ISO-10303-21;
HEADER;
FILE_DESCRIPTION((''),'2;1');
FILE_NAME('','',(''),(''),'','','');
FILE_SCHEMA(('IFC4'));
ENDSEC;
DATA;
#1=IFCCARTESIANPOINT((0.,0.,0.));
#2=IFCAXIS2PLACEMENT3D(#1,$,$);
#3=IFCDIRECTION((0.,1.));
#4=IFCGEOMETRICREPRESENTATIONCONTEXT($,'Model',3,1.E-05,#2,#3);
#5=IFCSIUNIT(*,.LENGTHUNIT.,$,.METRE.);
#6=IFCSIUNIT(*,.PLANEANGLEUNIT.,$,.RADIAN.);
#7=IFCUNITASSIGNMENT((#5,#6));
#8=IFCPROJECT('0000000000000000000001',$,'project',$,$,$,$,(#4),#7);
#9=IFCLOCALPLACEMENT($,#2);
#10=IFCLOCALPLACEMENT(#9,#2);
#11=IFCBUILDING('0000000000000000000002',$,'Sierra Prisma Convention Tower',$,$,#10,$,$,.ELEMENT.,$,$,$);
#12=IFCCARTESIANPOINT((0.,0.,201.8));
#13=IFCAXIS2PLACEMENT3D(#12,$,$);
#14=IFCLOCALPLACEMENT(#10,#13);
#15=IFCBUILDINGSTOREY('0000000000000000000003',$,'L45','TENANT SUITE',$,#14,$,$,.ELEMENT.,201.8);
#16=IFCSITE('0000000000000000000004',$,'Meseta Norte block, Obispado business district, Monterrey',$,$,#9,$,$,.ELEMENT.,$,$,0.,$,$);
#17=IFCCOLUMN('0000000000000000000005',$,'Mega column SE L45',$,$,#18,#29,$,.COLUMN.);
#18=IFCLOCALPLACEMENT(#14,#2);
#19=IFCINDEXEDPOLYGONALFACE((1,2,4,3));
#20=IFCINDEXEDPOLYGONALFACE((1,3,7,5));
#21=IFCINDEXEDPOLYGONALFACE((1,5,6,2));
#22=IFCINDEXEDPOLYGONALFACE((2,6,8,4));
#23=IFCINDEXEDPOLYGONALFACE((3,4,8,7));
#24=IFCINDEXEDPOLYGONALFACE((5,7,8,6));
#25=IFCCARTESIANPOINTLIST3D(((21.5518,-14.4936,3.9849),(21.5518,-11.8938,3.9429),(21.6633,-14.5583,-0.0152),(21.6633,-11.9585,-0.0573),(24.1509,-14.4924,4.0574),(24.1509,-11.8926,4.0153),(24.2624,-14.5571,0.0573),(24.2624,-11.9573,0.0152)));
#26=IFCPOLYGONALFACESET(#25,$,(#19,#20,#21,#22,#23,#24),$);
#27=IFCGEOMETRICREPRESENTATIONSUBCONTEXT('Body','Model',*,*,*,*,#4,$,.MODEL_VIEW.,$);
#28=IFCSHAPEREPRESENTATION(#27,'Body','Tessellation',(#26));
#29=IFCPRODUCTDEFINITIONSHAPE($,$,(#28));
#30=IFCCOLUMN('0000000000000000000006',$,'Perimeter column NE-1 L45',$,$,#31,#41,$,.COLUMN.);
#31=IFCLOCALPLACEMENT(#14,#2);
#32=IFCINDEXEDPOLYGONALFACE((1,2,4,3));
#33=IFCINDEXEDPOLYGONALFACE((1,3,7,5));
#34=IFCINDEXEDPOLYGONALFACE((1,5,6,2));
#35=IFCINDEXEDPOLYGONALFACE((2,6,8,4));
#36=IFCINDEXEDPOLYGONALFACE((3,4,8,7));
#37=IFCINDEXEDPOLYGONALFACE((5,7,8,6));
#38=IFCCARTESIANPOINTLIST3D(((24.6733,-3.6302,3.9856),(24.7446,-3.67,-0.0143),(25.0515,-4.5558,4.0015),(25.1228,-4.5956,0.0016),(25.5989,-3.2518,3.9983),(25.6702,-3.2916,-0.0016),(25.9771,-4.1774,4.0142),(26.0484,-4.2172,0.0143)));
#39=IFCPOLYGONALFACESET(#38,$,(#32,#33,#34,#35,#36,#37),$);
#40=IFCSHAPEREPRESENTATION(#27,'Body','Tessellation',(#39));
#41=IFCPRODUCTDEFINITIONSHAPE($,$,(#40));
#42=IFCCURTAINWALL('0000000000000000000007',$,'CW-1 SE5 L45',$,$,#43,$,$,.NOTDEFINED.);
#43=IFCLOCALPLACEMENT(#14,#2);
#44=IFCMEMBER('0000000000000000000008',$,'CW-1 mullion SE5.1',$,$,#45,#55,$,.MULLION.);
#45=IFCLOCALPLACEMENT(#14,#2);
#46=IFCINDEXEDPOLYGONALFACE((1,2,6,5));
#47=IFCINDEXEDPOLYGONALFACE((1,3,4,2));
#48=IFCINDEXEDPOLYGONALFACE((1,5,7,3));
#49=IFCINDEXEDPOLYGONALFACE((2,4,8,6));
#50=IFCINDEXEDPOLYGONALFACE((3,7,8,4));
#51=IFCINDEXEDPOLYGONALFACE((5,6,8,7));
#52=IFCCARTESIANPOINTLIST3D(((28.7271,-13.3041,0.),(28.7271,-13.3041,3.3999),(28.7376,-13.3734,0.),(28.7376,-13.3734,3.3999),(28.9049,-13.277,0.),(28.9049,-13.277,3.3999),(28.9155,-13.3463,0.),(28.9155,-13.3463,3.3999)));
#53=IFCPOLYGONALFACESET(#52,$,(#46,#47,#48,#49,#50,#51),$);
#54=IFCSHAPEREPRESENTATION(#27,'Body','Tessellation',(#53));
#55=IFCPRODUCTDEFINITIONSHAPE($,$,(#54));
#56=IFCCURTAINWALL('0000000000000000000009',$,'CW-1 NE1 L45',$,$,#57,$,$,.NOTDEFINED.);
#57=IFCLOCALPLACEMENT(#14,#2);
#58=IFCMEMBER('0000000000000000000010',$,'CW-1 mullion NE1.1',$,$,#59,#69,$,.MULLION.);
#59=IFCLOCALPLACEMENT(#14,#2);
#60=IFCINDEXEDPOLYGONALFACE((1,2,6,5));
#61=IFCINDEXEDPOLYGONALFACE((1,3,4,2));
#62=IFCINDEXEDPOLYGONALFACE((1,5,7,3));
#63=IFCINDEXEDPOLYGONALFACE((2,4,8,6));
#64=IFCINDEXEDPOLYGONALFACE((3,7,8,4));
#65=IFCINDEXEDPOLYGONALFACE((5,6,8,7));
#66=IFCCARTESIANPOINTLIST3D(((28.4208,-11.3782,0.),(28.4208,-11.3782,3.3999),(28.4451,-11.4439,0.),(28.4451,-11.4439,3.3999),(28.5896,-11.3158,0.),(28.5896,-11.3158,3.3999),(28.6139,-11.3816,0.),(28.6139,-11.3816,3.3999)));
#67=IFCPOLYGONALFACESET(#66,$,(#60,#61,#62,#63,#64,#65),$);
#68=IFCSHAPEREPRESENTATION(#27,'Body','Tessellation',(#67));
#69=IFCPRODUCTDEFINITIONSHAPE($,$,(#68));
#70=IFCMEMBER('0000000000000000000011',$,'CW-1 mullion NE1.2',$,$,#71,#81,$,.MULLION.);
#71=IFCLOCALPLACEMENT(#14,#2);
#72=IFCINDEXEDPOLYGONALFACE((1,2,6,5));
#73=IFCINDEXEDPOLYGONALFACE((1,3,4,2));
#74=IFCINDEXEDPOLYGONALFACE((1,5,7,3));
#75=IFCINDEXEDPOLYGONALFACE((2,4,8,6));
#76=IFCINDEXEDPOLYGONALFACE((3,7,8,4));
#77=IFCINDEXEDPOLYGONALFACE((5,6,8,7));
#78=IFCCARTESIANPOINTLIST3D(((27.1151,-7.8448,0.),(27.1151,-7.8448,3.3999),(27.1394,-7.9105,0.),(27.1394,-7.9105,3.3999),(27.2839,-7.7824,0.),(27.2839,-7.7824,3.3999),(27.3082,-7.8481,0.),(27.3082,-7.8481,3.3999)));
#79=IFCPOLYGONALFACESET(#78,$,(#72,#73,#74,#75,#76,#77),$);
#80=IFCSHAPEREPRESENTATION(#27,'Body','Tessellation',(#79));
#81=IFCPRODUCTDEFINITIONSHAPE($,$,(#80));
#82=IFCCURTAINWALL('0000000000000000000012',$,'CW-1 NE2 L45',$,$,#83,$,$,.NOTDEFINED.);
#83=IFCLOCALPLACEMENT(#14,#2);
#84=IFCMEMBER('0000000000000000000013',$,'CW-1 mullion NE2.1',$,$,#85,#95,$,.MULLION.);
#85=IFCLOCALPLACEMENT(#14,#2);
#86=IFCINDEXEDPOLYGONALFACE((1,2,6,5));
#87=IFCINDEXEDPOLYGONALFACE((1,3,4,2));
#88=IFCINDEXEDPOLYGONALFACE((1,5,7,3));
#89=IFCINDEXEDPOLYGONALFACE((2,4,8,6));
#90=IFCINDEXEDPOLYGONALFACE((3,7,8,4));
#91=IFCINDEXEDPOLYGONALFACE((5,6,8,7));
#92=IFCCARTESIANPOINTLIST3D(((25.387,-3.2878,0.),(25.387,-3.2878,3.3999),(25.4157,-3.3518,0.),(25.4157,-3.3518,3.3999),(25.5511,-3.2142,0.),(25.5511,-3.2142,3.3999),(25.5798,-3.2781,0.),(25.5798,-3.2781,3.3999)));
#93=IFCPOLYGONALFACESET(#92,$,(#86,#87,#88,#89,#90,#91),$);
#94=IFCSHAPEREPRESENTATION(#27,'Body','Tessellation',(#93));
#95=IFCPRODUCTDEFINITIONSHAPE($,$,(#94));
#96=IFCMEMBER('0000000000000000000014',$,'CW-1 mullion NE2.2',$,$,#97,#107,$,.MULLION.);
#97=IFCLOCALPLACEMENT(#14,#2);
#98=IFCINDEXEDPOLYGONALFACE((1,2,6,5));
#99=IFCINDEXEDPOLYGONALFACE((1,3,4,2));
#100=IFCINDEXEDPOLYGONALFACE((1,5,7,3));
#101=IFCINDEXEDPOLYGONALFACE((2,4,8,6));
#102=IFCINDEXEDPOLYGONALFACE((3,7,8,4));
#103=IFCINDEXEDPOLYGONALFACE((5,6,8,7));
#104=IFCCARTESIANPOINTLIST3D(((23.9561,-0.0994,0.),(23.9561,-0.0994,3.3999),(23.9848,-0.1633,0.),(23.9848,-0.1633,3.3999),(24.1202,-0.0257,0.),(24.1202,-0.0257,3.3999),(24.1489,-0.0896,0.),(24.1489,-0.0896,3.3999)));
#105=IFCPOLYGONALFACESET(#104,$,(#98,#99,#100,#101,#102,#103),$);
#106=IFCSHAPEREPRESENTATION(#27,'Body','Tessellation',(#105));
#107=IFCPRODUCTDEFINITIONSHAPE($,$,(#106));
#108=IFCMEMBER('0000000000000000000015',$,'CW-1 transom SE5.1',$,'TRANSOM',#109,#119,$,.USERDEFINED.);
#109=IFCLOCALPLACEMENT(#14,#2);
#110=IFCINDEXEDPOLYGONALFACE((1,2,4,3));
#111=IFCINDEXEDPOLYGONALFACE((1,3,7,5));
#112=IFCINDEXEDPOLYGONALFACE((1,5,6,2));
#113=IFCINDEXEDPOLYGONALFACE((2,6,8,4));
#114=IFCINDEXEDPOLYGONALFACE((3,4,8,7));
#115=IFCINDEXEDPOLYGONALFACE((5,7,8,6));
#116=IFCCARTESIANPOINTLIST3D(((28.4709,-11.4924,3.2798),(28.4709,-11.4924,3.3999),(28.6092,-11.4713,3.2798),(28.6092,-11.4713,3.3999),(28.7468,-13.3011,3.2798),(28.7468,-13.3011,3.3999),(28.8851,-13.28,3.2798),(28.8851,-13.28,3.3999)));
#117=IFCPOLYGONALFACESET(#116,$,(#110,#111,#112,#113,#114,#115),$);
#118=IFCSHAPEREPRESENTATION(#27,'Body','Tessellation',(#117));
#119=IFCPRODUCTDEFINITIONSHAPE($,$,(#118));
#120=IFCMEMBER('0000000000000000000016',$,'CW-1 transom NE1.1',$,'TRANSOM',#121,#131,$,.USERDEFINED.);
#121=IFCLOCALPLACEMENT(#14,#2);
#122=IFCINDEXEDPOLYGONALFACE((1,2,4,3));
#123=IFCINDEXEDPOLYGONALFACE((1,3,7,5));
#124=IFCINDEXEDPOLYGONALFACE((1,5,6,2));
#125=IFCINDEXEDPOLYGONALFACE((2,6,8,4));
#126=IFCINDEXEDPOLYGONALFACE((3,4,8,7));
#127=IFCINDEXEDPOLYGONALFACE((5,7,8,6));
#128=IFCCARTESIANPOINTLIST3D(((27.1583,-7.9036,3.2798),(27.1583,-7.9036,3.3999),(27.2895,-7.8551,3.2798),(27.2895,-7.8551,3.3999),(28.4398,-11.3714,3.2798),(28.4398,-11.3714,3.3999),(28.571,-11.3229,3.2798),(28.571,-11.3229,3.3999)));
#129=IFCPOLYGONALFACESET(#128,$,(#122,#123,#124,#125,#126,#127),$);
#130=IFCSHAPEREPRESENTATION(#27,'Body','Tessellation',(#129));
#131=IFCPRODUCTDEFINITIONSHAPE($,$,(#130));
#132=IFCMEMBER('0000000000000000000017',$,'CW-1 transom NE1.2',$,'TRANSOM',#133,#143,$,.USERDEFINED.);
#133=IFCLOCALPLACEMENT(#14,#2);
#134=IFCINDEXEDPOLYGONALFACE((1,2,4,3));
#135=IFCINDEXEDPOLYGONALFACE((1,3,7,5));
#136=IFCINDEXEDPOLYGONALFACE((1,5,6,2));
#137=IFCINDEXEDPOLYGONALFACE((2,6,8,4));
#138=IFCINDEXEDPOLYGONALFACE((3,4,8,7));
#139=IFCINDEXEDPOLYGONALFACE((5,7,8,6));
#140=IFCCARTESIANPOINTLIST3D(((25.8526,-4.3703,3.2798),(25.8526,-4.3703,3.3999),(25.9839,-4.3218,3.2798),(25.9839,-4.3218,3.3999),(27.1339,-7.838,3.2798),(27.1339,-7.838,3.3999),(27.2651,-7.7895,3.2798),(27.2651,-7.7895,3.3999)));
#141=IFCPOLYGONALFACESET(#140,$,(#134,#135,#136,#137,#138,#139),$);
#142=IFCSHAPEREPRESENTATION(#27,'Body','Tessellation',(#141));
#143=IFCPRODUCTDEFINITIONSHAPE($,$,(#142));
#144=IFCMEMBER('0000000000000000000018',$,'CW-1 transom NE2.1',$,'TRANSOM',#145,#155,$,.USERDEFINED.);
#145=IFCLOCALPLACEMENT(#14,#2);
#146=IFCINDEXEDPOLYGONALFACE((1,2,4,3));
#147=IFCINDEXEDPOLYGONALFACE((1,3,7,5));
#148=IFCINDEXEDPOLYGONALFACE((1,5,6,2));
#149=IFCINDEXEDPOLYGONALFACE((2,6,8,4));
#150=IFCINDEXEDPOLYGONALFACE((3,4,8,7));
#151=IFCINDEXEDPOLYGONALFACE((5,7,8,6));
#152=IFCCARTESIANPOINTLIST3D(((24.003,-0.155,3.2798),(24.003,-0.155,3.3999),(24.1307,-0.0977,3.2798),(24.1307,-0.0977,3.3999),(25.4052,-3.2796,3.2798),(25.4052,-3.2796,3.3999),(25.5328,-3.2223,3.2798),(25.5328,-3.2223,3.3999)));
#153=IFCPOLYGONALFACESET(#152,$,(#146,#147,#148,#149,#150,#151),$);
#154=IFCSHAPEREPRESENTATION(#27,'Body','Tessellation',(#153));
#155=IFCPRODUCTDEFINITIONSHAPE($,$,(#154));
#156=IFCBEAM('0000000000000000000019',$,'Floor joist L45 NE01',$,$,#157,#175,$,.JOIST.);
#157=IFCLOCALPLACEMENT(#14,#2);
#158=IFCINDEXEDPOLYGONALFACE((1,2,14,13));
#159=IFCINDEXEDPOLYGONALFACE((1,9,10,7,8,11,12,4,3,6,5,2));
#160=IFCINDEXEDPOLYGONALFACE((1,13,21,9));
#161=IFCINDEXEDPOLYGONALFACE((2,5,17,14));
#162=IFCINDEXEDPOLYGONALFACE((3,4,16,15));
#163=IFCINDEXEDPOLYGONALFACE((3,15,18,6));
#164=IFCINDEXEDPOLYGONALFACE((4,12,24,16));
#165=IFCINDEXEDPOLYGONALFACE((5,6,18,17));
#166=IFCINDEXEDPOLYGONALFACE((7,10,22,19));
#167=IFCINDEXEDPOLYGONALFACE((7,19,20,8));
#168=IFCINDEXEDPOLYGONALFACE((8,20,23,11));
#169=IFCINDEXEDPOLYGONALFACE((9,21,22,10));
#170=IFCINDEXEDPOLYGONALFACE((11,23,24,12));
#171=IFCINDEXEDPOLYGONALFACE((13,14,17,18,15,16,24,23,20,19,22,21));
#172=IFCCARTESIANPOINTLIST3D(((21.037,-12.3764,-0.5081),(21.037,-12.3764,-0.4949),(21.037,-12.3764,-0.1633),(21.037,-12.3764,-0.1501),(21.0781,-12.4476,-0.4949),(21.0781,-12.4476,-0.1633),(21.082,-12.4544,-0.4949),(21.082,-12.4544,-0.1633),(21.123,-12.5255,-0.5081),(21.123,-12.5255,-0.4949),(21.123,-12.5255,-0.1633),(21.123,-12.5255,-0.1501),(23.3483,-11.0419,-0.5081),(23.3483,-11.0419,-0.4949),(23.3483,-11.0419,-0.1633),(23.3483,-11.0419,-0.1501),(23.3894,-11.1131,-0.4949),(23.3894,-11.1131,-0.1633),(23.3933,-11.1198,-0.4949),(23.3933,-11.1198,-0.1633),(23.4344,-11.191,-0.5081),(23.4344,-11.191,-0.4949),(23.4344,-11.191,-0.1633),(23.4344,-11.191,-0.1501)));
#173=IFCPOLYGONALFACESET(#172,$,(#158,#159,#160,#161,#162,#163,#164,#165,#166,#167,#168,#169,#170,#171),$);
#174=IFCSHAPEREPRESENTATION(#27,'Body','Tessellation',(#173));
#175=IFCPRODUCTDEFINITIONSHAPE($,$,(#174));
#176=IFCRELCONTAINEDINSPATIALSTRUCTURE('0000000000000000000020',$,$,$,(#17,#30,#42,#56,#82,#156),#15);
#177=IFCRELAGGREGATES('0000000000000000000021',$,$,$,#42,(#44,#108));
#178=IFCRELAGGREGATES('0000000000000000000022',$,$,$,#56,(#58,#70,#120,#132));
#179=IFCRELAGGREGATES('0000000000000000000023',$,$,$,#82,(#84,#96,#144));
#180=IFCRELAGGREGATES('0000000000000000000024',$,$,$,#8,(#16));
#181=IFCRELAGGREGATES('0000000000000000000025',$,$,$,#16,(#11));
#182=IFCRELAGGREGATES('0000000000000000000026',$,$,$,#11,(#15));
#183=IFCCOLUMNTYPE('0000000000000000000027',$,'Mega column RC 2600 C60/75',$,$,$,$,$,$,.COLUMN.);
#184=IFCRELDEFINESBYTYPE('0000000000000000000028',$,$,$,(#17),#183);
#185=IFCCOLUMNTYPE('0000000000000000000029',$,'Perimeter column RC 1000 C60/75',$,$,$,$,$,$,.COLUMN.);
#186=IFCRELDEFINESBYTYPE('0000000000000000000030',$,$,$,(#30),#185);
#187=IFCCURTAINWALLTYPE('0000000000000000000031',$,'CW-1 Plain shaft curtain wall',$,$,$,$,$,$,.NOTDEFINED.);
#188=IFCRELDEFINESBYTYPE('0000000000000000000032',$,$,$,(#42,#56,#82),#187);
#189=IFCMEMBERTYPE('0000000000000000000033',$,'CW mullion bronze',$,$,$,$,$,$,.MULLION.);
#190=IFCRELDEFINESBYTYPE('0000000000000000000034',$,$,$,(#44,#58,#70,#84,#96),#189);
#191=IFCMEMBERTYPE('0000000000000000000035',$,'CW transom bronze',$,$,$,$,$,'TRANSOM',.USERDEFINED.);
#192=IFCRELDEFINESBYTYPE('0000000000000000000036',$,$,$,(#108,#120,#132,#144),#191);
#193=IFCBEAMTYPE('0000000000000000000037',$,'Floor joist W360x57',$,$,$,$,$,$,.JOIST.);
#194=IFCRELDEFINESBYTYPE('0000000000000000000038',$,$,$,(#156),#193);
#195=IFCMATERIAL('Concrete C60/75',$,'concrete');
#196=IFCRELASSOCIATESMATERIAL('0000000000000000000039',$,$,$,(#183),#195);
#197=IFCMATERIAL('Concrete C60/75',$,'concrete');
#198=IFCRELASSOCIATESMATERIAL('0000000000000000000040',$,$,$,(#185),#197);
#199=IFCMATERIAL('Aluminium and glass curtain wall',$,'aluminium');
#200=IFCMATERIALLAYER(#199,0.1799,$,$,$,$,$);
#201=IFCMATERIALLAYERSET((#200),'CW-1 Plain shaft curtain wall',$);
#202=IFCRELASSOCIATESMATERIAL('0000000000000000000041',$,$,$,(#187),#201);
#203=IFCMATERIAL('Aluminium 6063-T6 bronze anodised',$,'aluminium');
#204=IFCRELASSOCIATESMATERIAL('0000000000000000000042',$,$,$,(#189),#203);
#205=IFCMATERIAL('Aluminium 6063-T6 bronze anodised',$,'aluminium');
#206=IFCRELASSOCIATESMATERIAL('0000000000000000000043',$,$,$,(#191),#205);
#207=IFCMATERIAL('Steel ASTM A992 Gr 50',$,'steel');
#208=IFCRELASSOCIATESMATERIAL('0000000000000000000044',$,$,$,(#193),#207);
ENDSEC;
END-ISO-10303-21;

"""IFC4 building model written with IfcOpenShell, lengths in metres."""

from ifc_helpers import new_model, si_unit, direction, frame, origin, origin_2d, place, context, subcontext, project, spatial, rectangle, i_section, extrude, material, layer, layer_set, material_profile, profile_set, type_object, element, aggregate, save


model = new_model("IFC4")

# Units and contexts
model_context = context("Model", 3, precision=1e-05, world=origin(), true_north=direction((0.0, 1.0)))
body_context = subcontext(model_context, "Body", "Model", "MODEL_VIEW")
ifc_project = project(units=[si_unit("LENGTHUNIT", "METRE"), si_unit("PLANEANGLEUNIT", "RADIAN")], contexts=[model_context])

# Site, building, storey
site_placement = place(None, origin())
site = spatial("IfcSite", under=ifc_project, at=site_placement, Name="Meseta Norte block, Obispado business district, Monterrey", CompositionType="ELEMENT", RefElevation=0.0)
building_placement = place(site_placement, origin())
building = spatial("IfcBuilding", under=site, at=building_placement, Name="Sierra Prisma Convention Tower", CompositionType="ELEMENT")
storey_placement = place(building_placement, frame((0.0, 0.0, 201.8)))
storey = spatial("IfcBuildingStorey", under=building, at=storey_placement, Name="L45", Description="TENANT SUITE", CompositionType="ELEMENT", Elevation=201.8)

# Columns
ifc_material_1 = material(Name="Concrete C60/75", Category="concrete")
ifc_material_profile_1 = material_profile(ifc_material_1, rectangle(XDim=2.6001, YDim=2.6001, at=origin_2d()), Name="Mega column RC 2600 C60/75")
ifc_profile_set_1 = profile_set([ifc_material_profile_1], Name="Concrete C60/75")
column_type_1 = type_object("IfcColumnType", Name="Mega column RC 2600 C60/75", PredefinedType="COLUMN", material=ifc_profile_set_1)
column_1_placement = place(storey_placement, frame((22.9629, -13.2578, 0.0), z_axis=(-0.027879, 0.016166, 0.999481), x_axis=(0.999611, 0.000451, 0.027875)))
element("IfcColumn", 1, at=column_1_placement, inside=storey, type_object=column_type_1, Name="Mega column SE L45", PredefinedType="COLUMN", context=body_context, shape_type="SweptSolid", body=[
    extrude(rectangle(XDim=2.6001, YDim=2.6001, at=origin_2d()), origin(), (0.0, 0.0, 1.0), 4.0022),
])
ifc_material_2 = material(Name="Concrete C60/75", Category="concrete")
ifc_material_profile_2 = material_profile(ifc_material_2, rectangle(XDim=1.0, YDim=1.0, at=origin_2d()), Name="Perimeter column RC 1000 C60/75")
ifc_profile_set_2 = profile_set([ifc_material_profile_2], Name="Concrete C60/75")
column_type_2 = type_object("IfcColumnType", Name="Perimeter column RC 1000 C60/75", PredefinedType="COLUMN", material=ifc_profile_set_2)
column_2_placement = place(storey_placement, frame((25.3965, -3.9436, 0.0), z_axis=(-0.017819, 0.009947, 0.999792), x_axis=(-0.378186, 0.925592, -0.015949)))
element("IfcColumn", 2, at=column_2_placement, inside=storey, type_object=column_type_2, Name="Perimeter column NE-1 L45", PredefinedType="COLUMN", context=body_context, shape_type="SweptSolid", body=[
    extrude(rectangle(XDim=1.0, YDim=1.0, at=origin_2d()), origin(), (0.0, 0.0, 1.0), 4.0007),
])

# Curtain wall, member
ifc_material_3 = material(Name="Aluminium and glass curtain wall", Category="aluminium")
ifc_layer_1 = layer(ifc_material_3, 0.1799)
ifc_layer_set_1 = layer_set([ifc_layer_1], Name="CW-1 Plain shaft curtain wall")
curtain_wall_type = type_object("IfcCurtainWallType", Name="CW-1 Plain shaft curtain wall", PredefinedType="NOTDEFINED", material=ifc_layer_set_1)
curtain_wall_1_placement = place(storey_placement, origin())
curtain_wall_1 = element("IfcCurtainWall", 3, at=curtain_wall_1_placement, inside=storey, type_object=curtain_wall_type, Name="CW-1 SE5 L45", PredefinedType="NOTDEFINED")
ifc_material_4 = material(Name="Aluminium 6063-T6 bronze anodised", Category="aluminium")
ifc_material_profile_3 = material_profile(ifc_material_4, rectangle(XDim=0.1799, YDim=0.0701, at=origin_2d()), Name="ALU MULLION 70x180")
ifc_profile_set_3 = profile_set([ifc_material_profile_3], Name="Aluminium 6063-T6 bronze anodised")
member_type_1 = type_object("IfcMemberType", Name="CW mullion bronze", PredefinedType="MULLION", material=ifc_profile_set_3)
member_1_placement = place(storey_placement, frame((28.8213, -13.3252, 0.0), z_axis=(0.0, 0.0, 1.0), x_axis=(-0.988573, -0.150745, 0.0)))
member_1 = element("IfcMember", 4, at=member_1_placement, type_object=member_type_1, Name="CW-1 mullion SE5.1", PredefinedType="MULLION", context=body_context, shape_type="SweptSolid", body=[
    extrude(rectangle(XDim=0.1799, YDim=0.0701, at=origin_2d()), origin(), (0.0, 0.0, 1.0), 3.3999),
])

# Curtain walls, members
curtain_wall_2_placement = place(storey_placement, origin())
curtain_wall_2 = element("IfcCurtainWall", 5, at=curtain_wall_2_placement, inside=storey, type_object=curtain_wall_type, Name="CW-1 NE1 L45", PredefinedType="NOTDEFINED")
member_2_placement = place(storey_placement, frame((28.5173, -11.3799, 0.0), z_axis=(0.0, 0.0, 1.0), x_axis=(-0.938002, -0.34663, 0.0)))
member_2 = element("IfcMember", 6, at=member_2_placement, type_object=member_type_1, Name="CW-1 mullion NE1.1", PredefinedType="MULLION", context=body_context, shape_type="SweptSolid", body=[
    extrude(rectangle(XDim=0.1799, YDim=0.0701, at=origin_2d()), origin(), (0.0, 0.0, 1.0), 3.3999),
])
member_3_placement = place(storey_placement, frame((27.2117, -7.8464, 0.0), z_axis=(0.0, 0.0, 1.0), x_axis=(-0.938002, -0.34663, 0.0)))
member_3 = element("IfcMember", 7, at=member_3_placement, type_object=member_type_1, Name="CW-1 mullion NE1.2", PredefinedType="MULLION", context=body_context, shape_type="SweptSolid", body=[
    extrude(rectangle(XDim=0.1799, YDim=0.0701, at=origin_2d()), origin(), (0.0, 0.0, 1.0), 3.3999),
])
curtain_wall_3_placement = place(storey_placement, origin())
curtain_wall_3 = element("IfcCurtainWall", 8, at=curtain_wall_3_placement, inside=storey, type_object=curtain_wall_type, Name="CW-1 NE2 L45", PredefinedType="NOTDEFINED")
member_4_placement = place(storey_placement, frame((25.4834, -3.283, 0.0), z_axis=(0.0, 0.0, 1.0), x_axis=(-0.912343, -0.409426, 0.0)))
member_4 = element("IfcMember", 9, at=member_4_placement, type_object=member_type_1, Name="CW-1 mullion NE2.1", PredefinedType="MULLION", context=body_context, shape_type="SweptSolid", body=[
    extrude(rectangle(XDim=0.1799, YDim=0.0701, at=origin_2d()), origin(), (0.0, 0.0, 1.0), 3.3999),
])
member_5_placement = place(storey_placement, frame((24.0525, -0.0945, 0.0), z_axis=(0.0, 0.0, 1.0), x_axis=(-0.912343, -0.409426, 0.0)))
member_5 = element("IfcMember", 10, at=member_5_placement, type_object=member_type_1, Name="CW-1 mullion NE2.2", PredefinedType="MULLION", context=body_context, shape_type="SweptSolid", body=[
    extrude(rectangle(XDim=0.1799, YDim=0.0701, at=origin_2d()), origin(), (0.0, 0.0, 1.0), 3.3999),
])

# Members
ifc_material_5 = material(Name="Aluminium 6063-T6 bronze anodised", Category="aluminium")
ifc_material_profile_4 = material_profile(ifc_material_5, rectangle(XDim=0.1399, YDim=0.1201, at=origin_2d()), Name="ALU TRANSOM 120x140")
ifc_profile_set_4 = profile_set([ifc_material_profile_4], Name="Aluminium 6063-T6 bronze anodised")
member_type_2 = type_object("IfcMemberType", Name="CW transom bronze", ElementType="TRANSOM", PredefinedType="USERDEFINED", material=ifc_profile_set_4)
member_6_placement = place(storey_placement, frame((28.8159, -13.2905, 3.3398), z_axis=(-0.150794, 0.988565, 0.0), x_axis=(-0.988565, -0.150794, 0.0)))
member_6 = element("IfcMember", 11, at=member_6_placement, type_object=member_type_2, Name="CW-1 transom SE5.1", ObjectType="TRANSOM", PredefinedType="USERDEFINED", context=body_context, shape_type="SweptSolid", body=[
    extrude(rectangle(XDim=0.1399, YDim=0.1201, at=origin_2d()), origin(), (0.0, 0.0, 1.0), 1.8296),
])
member_7_placement = place(storey_placement, frame((28.5054, -11.3472, 3.3398), z_axis=(-0.346632, 0.938001, 0.0), x_axis=(-0.938001, -0.346632, 0.0)))
member_7 = element("IfcMember", 12, at=member_7_placement, type_object=member_type_2, Name="CW-1 transom NE1.1", ObjectType="TRANSOM", PredefinedType="USERDEFINED", context=body_context, shape_type="SweptSolid", body=[
    extrude(rectangle(XDim=0.1399, YDim=0.1201, at=origin_2d()), origin(), (0.0, 0.0, 1.0), 3.697),
])
member_8_placement = place(storey_placement, frame((27.1995, -7.8137, 3.3398), z_axis=(-0.346574, 0.938023, 0.0), x_axis=(-0.938023, -0.346574, 0.0)))
member_8 = element("IfcMember", 13, at=member_8_placement, type_object=member_type_2, Name="CW-1 transom NE1.2", ObjectType="TRANSOM", PredefinedType="USERDEFINED", context=body_context, shape_type="SweptSolid", body=[
    extrude(rectangle(XDim=0.1399, YDim=0.1201, at=origin_2d()), origin(), (0.0, 0.0, 1.0), 3.6968),
])
member_9_placement = place(storey_placement, frame((25.469, -3.251, 3.3398), z_axis=(-0.40941, 0.912351, 0.0), x_axis=(-0.912351, -0.40941, 0.0)))
member_9 = element("IfcMember", 14, at=member_9_placement, type_object=member_type_2, Name="CW-1 transom NE2.1", ObjectType="TRANSOM", PredefinedType="USERDEFINED", context=body_context, shape_type="SweptSolid", body=[
    extrude(rectangle(XDim=0.1399, YDim=0.1201, at=origin_2d()), origin(), (0.0, 0.0, 1.0), 3.4248),
])

# Beam
ifc_material_6 = material(Name="Steel ASTM A992 Gr 50", Category="steel")
ifc_material_profile_5 = material_profile(ifc_material_6, i_section(OverallWidth=0.1721, OverallDepth=0.3579, WebThickness=0.0078, FlangeThickness=0.0132, at=origin_2d()), Name="W360x57")
ifc_profile_set_5 = profile_set([ifc_material_profile_5], Name="Steel ASTM A992 Gr 50")
beam_type_1 = type_object("IfcBeamType", Name="Floor joist W360x57", PredefinedType="JOIST", material=ifc_profile_set_5)
beam_1_placement = place(storey_placement, frame((23.3914, -11.1165, -0.3291), z_axis=(-0.866016, -0.500015, 0.0), x_axis=(0.500015, -0.866016, 0.0)))
element("IfcBeam", 15, at=beam_1_placement, inside=storey, type_object=beam_type_1, Name="Floor joist L45 NE01", PredefinedType="JOIST", context=body_context, shape_type="SweptSolid", body=[
    extrude(i_section(OverallWidth=0.1721, OverallDepth=0.3579, WebThickness=0.0078, FlangeThickness=0.0132, at=origin_2d()), origin(), (0.0, 0.0, 1.0), 2.6689),
])

aggregate(curtain_wall_1, [member_1, member_6])
aggregate(curtain_wall_2, [member_2, member_3, member_7, member_8])
aggregate(curtain_wall_3, [member_4, member_5, member_9])

save(model, "model.ifc")
